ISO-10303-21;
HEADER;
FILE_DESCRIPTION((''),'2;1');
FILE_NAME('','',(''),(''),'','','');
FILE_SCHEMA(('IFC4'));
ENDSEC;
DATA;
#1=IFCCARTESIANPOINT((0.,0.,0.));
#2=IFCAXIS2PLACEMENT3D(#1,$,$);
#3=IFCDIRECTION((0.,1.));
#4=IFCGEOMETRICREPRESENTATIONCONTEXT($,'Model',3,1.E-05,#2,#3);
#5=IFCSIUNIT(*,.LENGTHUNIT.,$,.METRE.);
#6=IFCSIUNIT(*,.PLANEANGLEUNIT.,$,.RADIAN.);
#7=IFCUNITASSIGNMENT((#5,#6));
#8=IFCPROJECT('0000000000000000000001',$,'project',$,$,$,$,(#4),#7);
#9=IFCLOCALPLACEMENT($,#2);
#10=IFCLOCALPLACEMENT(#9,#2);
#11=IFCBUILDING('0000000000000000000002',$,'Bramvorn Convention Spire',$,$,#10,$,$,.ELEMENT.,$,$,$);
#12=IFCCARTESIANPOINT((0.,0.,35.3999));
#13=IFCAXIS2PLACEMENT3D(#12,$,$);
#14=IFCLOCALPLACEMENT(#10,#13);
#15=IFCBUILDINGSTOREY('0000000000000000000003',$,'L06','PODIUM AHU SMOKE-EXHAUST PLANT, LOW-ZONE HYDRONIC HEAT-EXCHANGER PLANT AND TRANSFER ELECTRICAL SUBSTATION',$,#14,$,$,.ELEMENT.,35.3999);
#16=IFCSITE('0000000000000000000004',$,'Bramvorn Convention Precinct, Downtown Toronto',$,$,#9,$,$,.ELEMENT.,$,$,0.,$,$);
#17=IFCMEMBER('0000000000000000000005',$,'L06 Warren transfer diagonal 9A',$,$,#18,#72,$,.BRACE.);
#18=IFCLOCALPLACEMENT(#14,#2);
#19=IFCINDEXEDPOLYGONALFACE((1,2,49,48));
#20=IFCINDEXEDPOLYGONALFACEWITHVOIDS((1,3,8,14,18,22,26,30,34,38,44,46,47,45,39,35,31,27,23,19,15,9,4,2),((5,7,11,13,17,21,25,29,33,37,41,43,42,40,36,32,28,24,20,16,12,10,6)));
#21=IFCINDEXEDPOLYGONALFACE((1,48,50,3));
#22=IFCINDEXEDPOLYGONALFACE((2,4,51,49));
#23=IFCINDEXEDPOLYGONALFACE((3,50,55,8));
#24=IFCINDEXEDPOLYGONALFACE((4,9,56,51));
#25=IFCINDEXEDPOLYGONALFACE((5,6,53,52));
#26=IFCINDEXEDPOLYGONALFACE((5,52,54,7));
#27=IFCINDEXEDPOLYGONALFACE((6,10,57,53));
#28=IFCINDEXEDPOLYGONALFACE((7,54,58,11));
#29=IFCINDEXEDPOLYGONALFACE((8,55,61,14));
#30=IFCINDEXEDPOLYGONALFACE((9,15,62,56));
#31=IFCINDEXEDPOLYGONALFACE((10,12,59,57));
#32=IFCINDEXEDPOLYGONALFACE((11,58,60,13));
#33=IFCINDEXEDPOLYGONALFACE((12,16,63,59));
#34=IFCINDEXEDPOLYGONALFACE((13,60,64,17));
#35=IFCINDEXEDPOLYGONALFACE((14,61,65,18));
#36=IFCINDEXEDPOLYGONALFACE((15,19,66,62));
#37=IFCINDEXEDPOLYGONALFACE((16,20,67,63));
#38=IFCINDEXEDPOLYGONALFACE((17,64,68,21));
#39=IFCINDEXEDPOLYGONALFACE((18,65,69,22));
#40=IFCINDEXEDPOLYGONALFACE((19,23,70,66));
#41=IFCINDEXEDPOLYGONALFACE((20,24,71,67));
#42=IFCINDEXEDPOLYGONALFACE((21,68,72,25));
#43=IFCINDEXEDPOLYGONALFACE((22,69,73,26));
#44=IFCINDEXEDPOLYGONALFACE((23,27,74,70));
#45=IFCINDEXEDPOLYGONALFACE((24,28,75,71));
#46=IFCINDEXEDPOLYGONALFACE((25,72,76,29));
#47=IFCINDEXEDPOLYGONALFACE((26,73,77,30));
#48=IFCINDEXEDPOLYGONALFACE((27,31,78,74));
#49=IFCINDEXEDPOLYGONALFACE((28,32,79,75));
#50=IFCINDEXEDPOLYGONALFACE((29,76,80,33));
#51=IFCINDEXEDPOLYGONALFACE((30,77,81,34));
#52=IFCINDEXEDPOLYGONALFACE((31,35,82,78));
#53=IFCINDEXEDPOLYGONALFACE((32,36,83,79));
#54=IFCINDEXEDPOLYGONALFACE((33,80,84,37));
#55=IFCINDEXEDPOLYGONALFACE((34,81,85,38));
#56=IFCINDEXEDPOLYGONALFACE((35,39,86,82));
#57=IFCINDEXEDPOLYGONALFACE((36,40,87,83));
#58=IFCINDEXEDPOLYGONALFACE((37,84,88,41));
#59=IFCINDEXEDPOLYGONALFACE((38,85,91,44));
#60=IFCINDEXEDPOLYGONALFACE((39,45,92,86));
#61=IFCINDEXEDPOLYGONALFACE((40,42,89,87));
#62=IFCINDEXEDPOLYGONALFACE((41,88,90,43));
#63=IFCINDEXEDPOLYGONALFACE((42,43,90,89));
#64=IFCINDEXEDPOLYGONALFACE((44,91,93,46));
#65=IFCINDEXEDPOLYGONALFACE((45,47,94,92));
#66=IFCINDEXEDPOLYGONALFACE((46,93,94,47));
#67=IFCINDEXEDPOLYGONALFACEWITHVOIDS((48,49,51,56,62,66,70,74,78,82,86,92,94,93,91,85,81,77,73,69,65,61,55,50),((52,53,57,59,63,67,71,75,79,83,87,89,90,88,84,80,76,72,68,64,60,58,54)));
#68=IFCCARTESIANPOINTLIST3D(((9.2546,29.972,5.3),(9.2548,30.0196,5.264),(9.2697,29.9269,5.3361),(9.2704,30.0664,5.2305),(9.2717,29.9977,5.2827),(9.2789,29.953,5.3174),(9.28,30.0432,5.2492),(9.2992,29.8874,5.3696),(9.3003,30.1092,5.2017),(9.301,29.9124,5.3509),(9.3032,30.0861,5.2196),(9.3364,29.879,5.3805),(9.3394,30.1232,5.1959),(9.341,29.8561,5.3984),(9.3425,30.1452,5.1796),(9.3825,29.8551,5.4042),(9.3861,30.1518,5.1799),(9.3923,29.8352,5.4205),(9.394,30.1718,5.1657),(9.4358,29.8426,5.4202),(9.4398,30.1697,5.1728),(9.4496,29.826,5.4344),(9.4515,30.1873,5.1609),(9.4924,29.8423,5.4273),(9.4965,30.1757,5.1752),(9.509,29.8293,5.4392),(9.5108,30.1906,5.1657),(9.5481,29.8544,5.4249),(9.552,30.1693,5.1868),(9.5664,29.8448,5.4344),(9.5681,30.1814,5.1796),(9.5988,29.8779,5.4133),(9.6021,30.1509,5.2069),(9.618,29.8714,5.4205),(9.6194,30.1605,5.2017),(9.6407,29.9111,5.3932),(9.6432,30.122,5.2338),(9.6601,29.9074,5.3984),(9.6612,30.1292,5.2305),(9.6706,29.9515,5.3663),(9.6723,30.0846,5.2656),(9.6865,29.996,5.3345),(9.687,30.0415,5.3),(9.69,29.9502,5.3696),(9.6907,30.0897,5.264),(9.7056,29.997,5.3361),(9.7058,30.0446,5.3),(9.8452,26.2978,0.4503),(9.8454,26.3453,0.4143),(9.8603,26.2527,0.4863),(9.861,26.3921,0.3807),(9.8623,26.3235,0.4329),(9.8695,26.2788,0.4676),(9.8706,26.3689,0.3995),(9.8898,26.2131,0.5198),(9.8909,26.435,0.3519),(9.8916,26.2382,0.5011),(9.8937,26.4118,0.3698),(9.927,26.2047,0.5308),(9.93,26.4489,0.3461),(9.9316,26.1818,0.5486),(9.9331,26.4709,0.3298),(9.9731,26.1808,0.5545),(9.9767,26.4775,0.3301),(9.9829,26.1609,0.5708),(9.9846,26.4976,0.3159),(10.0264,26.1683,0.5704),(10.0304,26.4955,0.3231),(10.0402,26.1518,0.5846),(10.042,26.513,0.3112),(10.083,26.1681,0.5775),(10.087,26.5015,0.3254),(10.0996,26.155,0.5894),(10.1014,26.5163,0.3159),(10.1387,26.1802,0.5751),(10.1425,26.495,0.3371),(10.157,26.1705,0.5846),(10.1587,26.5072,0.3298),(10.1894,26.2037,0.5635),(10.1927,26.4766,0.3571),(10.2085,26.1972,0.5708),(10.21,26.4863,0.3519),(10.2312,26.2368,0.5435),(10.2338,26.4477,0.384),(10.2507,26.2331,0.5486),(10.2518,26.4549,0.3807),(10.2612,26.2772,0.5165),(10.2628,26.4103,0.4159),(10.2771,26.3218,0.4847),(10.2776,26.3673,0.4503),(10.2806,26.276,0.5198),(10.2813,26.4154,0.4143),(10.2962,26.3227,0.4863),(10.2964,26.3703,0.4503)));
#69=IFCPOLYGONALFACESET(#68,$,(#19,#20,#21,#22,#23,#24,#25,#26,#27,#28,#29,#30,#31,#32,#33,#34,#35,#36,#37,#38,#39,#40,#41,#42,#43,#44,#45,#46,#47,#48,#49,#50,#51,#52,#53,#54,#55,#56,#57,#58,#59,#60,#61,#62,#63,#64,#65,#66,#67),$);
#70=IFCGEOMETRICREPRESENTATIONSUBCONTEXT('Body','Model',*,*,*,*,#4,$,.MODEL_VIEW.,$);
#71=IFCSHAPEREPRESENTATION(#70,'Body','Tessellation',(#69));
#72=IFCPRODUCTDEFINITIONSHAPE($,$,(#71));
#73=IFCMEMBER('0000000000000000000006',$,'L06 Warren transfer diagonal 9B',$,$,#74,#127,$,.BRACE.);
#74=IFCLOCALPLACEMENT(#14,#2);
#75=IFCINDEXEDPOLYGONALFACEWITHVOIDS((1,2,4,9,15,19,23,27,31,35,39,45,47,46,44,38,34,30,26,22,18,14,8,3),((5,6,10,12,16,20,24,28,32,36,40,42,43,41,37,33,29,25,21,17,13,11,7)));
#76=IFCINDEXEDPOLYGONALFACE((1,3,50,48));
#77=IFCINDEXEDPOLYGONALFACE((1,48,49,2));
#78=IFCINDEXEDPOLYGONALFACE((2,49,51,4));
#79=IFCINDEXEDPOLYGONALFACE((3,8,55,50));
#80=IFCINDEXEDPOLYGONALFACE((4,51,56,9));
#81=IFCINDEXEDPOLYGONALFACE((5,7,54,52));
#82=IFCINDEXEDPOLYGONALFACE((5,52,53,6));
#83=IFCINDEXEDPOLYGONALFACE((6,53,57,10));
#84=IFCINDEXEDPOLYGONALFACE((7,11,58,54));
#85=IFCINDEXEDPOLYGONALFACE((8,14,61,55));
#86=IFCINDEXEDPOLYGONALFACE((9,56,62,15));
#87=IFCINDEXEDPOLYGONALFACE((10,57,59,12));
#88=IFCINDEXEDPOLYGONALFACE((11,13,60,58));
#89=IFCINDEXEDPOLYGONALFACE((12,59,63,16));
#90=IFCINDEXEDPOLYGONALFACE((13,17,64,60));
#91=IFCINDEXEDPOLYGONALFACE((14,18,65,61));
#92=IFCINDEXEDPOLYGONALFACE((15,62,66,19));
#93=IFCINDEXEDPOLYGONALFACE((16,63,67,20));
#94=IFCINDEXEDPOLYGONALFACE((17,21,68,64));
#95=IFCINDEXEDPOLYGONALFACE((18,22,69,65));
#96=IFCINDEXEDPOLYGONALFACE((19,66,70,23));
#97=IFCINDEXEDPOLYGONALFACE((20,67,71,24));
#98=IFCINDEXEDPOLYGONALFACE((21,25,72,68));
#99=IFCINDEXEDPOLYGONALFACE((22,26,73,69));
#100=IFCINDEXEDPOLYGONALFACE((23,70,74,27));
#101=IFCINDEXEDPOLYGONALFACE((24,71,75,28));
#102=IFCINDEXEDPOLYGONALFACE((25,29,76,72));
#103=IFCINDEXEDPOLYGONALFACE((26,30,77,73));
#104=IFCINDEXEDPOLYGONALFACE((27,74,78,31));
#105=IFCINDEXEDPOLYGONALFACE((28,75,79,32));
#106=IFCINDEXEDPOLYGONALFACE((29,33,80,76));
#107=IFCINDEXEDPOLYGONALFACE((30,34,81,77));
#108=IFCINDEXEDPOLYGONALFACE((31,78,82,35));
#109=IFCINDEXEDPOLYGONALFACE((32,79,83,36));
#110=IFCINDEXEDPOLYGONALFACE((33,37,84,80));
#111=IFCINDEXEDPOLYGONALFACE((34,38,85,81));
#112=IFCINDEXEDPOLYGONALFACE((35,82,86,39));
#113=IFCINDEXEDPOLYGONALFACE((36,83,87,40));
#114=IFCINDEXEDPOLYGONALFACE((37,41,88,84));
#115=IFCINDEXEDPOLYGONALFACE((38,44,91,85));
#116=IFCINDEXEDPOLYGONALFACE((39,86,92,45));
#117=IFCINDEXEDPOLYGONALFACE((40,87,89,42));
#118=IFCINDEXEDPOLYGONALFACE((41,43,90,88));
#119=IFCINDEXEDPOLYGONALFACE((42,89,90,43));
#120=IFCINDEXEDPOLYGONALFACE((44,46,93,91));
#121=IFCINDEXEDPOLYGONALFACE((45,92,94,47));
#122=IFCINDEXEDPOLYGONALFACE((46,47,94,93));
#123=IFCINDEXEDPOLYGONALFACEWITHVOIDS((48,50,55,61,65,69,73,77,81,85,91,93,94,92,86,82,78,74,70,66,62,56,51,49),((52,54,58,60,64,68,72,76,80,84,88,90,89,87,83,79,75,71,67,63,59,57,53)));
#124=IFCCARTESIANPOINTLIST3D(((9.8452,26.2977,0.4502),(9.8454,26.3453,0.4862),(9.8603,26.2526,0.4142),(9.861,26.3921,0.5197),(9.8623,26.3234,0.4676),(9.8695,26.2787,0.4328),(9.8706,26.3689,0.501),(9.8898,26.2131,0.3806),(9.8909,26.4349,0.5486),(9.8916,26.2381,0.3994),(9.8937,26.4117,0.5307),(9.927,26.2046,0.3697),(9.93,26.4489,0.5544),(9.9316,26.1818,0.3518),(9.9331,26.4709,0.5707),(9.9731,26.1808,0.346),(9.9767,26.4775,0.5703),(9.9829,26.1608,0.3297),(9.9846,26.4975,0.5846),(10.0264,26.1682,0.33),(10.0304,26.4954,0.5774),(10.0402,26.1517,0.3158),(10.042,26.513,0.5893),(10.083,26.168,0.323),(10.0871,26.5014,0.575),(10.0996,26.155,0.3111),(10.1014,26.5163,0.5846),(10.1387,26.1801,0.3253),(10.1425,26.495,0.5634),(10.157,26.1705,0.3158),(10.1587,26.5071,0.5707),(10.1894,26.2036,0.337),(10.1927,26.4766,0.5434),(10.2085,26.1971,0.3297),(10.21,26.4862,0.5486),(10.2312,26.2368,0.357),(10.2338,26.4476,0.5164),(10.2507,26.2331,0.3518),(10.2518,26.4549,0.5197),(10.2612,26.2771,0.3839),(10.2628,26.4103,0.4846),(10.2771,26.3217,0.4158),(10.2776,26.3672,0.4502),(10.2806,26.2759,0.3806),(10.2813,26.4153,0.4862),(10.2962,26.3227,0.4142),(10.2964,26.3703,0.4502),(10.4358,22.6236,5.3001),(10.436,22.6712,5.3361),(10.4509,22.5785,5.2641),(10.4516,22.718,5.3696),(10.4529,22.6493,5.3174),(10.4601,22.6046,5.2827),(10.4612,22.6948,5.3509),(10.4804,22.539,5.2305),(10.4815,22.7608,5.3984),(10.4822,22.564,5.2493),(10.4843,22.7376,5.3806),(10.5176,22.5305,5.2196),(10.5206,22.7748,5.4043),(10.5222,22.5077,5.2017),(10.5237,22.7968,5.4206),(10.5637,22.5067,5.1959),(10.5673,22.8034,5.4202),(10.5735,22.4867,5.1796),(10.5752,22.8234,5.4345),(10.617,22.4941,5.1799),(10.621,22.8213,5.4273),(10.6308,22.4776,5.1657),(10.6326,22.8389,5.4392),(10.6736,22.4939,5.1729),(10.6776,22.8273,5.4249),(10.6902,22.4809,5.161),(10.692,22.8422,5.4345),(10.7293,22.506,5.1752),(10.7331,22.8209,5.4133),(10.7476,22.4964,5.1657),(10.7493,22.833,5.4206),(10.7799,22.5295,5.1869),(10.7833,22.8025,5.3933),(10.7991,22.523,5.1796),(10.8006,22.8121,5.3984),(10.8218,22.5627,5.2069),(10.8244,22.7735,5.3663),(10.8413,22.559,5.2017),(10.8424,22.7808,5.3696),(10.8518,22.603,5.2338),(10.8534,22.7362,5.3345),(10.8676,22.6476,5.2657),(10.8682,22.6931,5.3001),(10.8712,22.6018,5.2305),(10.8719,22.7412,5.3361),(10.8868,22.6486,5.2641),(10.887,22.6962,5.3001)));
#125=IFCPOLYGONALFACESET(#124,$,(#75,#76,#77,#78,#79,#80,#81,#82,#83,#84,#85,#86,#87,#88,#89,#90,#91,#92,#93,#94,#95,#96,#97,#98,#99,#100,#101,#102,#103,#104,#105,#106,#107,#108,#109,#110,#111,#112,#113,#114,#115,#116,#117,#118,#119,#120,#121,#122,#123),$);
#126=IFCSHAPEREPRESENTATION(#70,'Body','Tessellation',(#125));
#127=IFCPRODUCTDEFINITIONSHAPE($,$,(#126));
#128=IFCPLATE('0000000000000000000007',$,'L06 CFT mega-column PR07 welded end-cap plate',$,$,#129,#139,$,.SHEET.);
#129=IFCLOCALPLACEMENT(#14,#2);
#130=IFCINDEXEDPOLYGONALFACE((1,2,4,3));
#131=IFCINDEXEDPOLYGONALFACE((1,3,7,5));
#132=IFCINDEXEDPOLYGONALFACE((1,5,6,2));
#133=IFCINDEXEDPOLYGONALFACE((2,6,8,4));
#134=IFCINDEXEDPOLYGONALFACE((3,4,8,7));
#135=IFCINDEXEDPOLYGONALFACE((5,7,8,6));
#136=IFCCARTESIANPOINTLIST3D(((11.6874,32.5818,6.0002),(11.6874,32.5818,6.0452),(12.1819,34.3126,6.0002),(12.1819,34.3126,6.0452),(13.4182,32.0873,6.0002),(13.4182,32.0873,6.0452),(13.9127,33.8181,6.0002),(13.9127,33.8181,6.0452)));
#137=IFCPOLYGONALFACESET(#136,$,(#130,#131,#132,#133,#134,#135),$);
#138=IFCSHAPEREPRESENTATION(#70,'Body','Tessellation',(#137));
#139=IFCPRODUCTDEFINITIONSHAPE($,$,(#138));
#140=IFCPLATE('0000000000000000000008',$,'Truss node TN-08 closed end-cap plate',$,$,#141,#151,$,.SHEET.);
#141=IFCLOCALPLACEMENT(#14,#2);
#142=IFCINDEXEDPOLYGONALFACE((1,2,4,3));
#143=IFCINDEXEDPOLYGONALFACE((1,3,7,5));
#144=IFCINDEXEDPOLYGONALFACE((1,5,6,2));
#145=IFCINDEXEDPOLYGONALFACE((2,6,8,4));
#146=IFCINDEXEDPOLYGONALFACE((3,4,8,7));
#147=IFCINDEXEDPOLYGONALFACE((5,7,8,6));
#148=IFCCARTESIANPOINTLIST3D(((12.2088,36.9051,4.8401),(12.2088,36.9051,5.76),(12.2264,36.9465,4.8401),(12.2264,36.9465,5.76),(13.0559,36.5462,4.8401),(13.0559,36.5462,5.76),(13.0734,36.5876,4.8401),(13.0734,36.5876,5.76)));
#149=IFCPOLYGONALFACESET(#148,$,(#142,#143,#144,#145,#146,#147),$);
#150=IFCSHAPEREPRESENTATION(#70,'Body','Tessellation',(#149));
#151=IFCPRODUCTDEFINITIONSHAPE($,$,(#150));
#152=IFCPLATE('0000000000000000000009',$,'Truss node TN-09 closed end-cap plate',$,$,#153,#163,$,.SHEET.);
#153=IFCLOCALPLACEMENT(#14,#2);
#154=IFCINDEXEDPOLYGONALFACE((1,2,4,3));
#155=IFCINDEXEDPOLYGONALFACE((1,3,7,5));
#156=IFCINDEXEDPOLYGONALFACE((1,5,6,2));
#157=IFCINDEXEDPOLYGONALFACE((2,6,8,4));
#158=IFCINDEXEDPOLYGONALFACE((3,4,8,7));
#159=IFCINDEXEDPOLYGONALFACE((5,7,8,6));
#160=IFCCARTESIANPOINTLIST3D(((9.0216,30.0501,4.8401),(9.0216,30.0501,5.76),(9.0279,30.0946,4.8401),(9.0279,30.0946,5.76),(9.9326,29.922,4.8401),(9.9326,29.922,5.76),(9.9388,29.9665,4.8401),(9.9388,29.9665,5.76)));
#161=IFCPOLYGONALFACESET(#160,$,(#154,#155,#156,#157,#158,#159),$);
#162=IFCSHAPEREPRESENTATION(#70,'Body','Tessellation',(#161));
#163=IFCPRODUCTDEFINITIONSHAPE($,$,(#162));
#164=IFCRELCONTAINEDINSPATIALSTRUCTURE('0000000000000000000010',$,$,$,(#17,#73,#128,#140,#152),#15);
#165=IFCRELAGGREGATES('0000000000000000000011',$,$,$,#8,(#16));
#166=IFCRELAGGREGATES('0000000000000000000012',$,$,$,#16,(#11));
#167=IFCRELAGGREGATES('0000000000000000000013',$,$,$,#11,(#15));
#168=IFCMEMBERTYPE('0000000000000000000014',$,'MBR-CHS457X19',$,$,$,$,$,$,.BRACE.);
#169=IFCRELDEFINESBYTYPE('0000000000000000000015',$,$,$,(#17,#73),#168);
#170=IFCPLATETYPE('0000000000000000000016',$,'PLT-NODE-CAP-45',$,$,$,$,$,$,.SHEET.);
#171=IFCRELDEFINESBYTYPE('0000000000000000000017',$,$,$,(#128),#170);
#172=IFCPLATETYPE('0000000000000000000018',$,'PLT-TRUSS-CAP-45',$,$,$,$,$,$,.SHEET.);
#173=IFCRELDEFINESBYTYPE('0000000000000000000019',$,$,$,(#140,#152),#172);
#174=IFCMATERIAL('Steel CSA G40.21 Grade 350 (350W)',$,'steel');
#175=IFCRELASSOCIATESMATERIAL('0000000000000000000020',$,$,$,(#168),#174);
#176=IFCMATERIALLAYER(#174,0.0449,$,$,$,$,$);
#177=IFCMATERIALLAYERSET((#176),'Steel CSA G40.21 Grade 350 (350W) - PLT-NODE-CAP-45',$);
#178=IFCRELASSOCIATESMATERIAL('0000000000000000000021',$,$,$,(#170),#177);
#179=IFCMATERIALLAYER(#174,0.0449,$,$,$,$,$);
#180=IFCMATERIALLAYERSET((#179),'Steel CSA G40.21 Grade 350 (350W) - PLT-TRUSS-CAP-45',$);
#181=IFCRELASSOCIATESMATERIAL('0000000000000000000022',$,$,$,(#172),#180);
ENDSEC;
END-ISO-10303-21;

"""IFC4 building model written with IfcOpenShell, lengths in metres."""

from ifc_helpers import new_model, si_unit, direction, frame, origin, origin_2d, place, context, subcontext, project, spatial, rectangle, hollow_circle, extrude, material, layer, layer_set, material_profile, profile_set, type_object, element, save


model = new_model("IFC4")

# Units and contexts
model_context = context("Model", 3, precision=1e-05, world=origin(), true_north=direction((0.0, 1.0)))
body_context = subcontext(model_context, "Body", "Model", "MODEL_VIEW")
ifc_project = project(units=[si_unit("LENGTHUNIT", "METRE"), si_unit("PLANEANGLEUNIT", "RADIAN")], contexts=[model_context])

# Site, building, storey
site_placement = place(None, origin())
site = spatial("IfcSite", under=ifc_project, at=site_placement, Name="Bramvorn Convention Precinct, Downtown Toronto", CompositionType="ELEMENT", RefElevation=0.0)
building_placement = place(site_placement, origin())
building = spatial("IfcBuilding", under=site, at=building_placement, Name="Bramvorn Convention Spire", CompositionType="ELEMENT")
storey_placement = place(building_placement, frame((0.0, 0.0, 35.3999)))
storey = spatial("IfcBuildingStorey", under=building, at=storey_placement, Name="L06", Description="PODIUM AHU SMOKE-EXHAUST PLANT, LOW-ZONE HYDRONIC HEAT-EXCHANGER PLANT AND TRANSFER ELECTRICAL SUBSTATION", CompositionType="ELEMENT", Elevation=35.3999)

# Shared definitions
ifc_material_1 = material(Name="Steel CSA G40.21 Grade 350 (350W)", Category="steel")

# Members
ifc_material_profile_1 = material_profile(ifc_material_1, hollow_circle(Radius=0.2285, WallThickness=0.019, at=origin_2d()))
ifc_profile_set_1 = profile_set([ifc_material_profile_1], Name="Steel CSA G40.21 Grade 350 (350W) - CHS457X19")
member_type_1 = type_object("IfcMemberType", Name="MBR-CHS457X19", PredefinedType="BRACE", material=ifc_profile_set_1)
for number, where, z_axis, x_axis, name in (
    (1, (9.4802, 30.0083, 5.3), (0.096608, -0.601052, -0.793349), (0.987328, 0.158694, 0.0), "L06 Warren transfer diagonal 9A"),
    (2, (10.0708, 26.334, 0.4502), (0.09661, -0.601027, 0.793368), (0.987326, 0.158704, 0.0), "L06 Warren transfer diagonal 9B"),
):
    element("IfcMember", number, at=place(storey_placement, frame(where, z_axis=z_axis, x_axis=x_axis)), inside=storey, type_object=member_type_1, Name=name, PredefinedType="BRACE", context=body_context, shape_type="SweptSolid", body=[
        extrude(hollow_circle(Radius=0.2285, WallThickness=0.019, at=origin_2d()), origin(), (0.0, 0.0, 1.0), 6.113),
    ])

# Plates
ifc_layer_1 = layer(ifc_material_1, 0.0449)
ifc_layer_set_1 = layer_set([ifc_layer_1], Name="Steel CSA G40.21 Grade 350 (350W) - PLT-NODE-CAP-45")
plate_type_1 = type_object("IfcPlateType", Name="PLT-NODE-CAP-45", PredefinedType="SHEET", material=ifc_layer_set_1)
plate_placement = place(storey_placement, frame((12.8, 33.2, 6.0002), z_axis=(0.0, 0.0, 1.0), x_axis=(-0.961524, 0.274721, 0.0)))
element("IfcPlate", 3, at=plate_placement, inside=storey, type_object=plate_type_1, Name="L06 CFT mega-column PR07 welded end-cap plate", PredefinedType="SHEET", context=body_context, shape_type="SweptSolid", body=[
    extrude(rectangle(XDim=1.8, YDim=1.8, at=origin_2d()), origin(), (0.0, 0.0, 1.0), 0.0449),
])
ifc_layer_2 = layer(ifc_material_1, 0.0449)
ifc_layer_set_2 = layer_set([ifc_layer_2], Name="Steel CSA G40.21 Grade 350 (350W) - PLT-TRUSS-CAP-45")
plate_type_2 = type_object("IfcPlateType", Name="PLT-TRUSS-CAP-45", PredefinedType="SHEET", material=ifc_layer_set_2)
for number, where, z_axis, x_axis, name in (
    (4, (12.6411, 36.7463, 4.8401), (0.0, 0.0, 1.0), (-0.920739, 0.39018, 0.0), "Truss node TN-08 closed end-cap plate"),
    (5, (9.4802, 30.0083, 4.8401), (0.0, 0.0, 1.0), (-0.990268, 0.139174, 0.0), "Truss node TN-09 closed end-cap plate"),
):
    element("IfcPlate", number, at=place(storey_placement, frame(where, z_axis=z_axis, x_axis=x_axis)), inside=storey, type_object=plate_type_2, Name=name, PredefinedType="SHEET", context=body_context, shape_type="SweptSolid", body=[
        extrude(rectangle(XDim=0.9199, YDim=0.0449, at=origin_2d()), origin(), (0.0, 0.0, 1.0), 0.9199),
    ])

save(model, "model.ifc")
